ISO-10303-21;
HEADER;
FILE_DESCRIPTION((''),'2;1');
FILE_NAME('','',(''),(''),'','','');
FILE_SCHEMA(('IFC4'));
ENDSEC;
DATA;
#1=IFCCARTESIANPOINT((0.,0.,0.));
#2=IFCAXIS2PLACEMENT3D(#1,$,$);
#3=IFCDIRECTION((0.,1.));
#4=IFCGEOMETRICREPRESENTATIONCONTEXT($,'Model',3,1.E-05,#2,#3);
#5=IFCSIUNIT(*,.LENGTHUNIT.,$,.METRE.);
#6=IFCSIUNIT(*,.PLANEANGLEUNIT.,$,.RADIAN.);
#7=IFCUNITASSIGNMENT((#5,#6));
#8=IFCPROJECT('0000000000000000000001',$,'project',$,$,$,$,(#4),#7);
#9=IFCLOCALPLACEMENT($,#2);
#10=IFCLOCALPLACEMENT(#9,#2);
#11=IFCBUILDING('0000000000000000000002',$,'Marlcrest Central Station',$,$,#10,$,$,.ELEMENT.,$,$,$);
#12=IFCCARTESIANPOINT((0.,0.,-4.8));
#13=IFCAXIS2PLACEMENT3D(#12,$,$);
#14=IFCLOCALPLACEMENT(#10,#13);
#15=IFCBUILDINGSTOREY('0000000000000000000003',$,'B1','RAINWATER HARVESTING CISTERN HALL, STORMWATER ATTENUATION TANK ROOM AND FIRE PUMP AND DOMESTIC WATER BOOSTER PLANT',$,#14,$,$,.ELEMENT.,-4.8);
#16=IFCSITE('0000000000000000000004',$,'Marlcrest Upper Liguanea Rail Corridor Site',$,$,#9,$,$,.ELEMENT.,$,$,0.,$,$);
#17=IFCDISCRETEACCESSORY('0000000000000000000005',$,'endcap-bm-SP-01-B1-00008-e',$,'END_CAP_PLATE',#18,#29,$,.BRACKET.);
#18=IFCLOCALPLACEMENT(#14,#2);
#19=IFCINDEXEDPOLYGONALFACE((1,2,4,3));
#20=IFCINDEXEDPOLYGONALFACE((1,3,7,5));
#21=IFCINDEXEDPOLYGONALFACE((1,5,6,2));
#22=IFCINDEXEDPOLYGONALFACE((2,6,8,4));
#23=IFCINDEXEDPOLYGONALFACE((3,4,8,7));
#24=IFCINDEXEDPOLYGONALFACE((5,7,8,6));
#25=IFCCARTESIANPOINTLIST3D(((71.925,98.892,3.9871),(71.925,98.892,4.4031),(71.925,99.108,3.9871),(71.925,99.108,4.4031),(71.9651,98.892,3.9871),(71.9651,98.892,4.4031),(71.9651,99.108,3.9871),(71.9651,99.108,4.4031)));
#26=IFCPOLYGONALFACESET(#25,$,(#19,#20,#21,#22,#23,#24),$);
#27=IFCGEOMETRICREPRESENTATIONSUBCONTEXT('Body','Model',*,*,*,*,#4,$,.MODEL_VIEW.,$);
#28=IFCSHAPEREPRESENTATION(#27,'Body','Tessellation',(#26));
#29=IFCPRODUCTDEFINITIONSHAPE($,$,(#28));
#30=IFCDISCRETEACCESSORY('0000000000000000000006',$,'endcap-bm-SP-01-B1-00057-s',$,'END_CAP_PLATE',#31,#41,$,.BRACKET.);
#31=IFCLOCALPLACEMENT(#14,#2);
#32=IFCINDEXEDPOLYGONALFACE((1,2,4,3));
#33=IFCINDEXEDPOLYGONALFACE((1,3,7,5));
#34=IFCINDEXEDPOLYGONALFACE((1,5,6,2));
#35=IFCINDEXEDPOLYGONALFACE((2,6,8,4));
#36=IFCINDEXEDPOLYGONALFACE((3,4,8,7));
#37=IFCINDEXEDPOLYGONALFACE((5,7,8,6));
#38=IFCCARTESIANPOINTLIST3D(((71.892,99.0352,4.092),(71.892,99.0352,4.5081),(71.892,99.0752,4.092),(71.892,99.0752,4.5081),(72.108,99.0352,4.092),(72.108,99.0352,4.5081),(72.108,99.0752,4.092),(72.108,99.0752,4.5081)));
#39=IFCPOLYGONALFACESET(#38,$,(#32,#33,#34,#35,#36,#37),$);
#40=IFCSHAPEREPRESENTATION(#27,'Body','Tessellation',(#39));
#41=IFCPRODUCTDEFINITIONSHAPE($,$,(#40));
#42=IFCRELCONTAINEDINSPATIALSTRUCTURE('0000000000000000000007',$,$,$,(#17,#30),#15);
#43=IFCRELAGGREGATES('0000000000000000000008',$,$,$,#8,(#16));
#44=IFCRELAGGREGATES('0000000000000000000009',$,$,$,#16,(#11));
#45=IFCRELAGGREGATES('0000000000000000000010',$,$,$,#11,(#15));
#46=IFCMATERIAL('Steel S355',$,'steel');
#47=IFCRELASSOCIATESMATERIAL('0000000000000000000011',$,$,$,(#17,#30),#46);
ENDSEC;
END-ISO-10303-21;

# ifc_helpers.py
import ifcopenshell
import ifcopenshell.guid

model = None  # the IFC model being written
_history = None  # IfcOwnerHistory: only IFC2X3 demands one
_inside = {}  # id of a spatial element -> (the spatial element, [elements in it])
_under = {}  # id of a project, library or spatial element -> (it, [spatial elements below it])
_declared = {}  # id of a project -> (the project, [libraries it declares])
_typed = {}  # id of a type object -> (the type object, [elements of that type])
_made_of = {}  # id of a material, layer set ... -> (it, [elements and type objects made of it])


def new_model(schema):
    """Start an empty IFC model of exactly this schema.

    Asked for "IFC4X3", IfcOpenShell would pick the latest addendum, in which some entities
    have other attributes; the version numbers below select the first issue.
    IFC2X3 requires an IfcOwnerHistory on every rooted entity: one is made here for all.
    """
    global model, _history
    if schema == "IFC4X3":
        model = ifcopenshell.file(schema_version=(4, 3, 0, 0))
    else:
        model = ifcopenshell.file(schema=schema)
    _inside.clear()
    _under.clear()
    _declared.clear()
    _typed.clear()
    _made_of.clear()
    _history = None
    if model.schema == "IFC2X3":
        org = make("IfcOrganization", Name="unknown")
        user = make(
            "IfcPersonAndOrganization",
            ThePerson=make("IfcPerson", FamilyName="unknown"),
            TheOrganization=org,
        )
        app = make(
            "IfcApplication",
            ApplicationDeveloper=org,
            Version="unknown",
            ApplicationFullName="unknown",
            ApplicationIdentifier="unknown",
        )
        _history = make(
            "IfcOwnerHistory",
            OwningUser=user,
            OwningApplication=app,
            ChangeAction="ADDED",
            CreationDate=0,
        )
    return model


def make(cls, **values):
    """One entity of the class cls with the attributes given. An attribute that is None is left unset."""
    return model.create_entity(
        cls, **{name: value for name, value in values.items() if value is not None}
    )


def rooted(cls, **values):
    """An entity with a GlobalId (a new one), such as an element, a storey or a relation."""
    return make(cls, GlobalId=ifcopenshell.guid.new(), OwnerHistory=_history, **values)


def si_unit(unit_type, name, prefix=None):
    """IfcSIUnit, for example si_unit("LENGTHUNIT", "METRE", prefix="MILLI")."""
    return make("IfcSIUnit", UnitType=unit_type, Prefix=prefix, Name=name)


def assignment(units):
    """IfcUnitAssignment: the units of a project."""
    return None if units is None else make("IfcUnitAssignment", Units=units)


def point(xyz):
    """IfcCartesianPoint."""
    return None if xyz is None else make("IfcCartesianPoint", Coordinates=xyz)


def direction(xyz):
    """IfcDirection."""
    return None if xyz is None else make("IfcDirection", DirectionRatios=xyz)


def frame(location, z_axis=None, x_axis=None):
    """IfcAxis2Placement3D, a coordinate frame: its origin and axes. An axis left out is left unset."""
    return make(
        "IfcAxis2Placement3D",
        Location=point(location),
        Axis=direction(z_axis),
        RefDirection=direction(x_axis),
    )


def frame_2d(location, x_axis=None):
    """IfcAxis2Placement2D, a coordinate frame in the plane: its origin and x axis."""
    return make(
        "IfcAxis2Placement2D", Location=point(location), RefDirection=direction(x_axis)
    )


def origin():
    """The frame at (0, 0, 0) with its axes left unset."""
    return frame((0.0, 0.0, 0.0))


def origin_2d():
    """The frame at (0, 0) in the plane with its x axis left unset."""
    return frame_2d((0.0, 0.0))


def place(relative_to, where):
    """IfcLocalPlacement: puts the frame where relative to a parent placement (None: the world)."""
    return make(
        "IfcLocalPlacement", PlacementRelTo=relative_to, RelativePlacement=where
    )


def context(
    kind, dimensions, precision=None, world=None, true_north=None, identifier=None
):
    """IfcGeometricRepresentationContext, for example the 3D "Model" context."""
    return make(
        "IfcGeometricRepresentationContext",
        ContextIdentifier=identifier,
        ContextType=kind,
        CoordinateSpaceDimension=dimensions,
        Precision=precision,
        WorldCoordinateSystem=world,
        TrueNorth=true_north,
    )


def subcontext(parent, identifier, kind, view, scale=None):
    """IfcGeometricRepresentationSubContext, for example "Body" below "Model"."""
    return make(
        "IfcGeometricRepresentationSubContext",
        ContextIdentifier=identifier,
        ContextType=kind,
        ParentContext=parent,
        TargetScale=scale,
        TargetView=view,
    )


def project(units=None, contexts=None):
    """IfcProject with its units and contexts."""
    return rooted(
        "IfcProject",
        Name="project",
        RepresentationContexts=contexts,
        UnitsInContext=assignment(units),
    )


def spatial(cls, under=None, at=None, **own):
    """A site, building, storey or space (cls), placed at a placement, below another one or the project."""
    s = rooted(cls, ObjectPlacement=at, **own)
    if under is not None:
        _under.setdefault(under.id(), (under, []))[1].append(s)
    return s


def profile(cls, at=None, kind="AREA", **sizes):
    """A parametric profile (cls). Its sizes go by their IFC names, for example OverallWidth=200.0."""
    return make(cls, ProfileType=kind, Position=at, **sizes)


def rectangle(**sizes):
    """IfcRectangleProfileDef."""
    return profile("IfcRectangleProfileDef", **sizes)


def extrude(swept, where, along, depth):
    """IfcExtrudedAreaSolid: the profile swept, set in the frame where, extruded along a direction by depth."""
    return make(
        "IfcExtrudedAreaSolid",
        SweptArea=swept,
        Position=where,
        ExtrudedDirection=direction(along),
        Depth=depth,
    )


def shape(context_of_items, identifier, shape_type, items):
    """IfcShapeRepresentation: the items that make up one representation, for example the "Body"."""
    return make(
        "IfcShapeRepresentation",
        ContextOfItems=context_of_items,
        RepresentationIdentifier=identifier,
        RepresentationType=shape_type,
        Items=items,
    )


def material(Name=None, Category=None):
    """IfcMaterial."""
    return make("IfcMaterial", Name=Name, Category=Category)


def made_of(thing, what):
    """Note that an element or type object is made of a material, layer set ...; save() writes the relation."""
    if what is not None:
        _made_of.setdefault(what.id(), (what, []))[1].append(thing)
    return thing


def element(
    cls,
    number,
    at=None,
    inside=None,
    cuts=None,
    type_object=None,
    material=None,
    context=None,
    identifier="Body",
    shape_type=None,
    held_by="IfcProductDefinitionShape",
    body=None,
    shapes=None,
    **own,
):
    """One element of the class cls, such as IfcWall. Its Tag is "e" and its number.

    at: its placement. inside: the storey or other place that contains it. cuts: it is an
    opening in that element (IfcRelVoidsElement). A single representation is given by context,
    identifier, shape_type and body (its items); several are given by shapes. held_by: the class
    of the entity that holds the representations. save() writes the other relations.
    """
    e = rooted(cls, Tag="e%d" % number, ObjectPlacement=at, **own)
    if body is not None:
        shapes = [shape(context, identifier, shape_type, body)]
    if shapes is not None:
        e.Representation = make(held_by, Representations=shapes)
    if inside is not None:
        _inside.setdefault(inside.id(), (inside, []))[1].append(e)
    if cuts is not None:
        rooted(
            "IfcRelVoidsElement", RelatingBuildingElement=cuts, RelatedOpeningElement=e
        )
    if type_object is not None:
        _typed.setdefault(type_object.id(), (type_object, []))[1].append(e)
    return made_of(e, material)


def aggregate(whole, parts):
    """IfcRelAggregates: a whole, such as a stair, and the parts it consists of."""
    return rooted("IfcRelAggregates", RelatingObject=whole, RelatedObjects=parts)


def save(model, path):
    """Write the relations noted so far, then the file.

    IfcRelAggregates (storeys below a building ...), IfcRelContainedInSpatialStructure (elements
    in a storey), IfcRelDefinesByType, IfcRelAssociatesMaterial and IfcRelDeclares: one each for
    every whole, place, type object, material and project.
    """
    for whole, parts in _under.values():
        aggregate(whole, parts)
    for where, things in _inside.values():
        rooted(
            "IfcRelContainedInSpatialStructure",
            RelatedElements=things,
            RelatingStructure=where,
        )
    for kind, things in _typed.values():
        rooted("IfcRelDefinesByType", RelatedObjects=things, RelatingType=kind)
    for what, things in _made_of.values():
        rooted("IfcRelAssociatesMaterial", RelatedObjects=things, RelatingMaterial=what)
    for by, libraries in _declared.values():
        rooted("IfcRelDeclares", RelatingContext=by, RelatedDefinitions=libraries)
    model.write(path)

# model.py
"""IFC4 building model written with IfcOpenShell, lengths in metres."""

from ifc_helpers import new_model, si_unit, direction, frame, origin, origin_2d, place, context, subcontext, project, spatial, rectangle, extrude, material, element, save


model = new_model("IFC4")

# Units and contexts
model_context = context("Model", 3, precision=1e-05, world=origin(), true_north=direction((0.0, 1.0)))
body_context = subcontext(model_context, "Body", "Model", "MODEL_VIEW")
ifc_project = project(units=[si_unit("LENGTHUNIT", "METRE"), si_unit("PLANEANGLEUNIT", "RADIAN")], contexts=[model_context])

# Site, building, storey
site_placement = place(None, origin())
site = spatial("IfcSite", under=ifc_project, at=site_placement, Name="Marlcrest Upper Liguanea Rail Corridor Site", CompositionType="ELEMENT", RefElevation=0.0)
building_placement = place(site_placement, origin())
building = spatial("IfcBuilding", under=site, at=building_placement, Name="Marlcrest Central Station", CompositionType="ELEMENT")
storey_placement = place(building_placement, frame((0.0, 0.0, -4.8)))
storey = spatial("IfcBuildingStorey", under=building, at=storey_placement, Name="B1", Description="RAINWATER HARVESTING CISTERN HALL, STORMWATER ATTENUATION TANK ROOM AND FIRE PUMP AND DOMESTIC WATER BOOSTER PLANT", CompositionType="ELEMENT", Elevation=-4.8)

# Shared definitions
ifc_material_1 = material(Name="Steel S355", Category="steel")

# Discrete accessories
for number, where, z_axis, x_axis, name in (
    (1, (71.925, 99.0, 4.1951), (1.0, 0.0, 0.0), (0.0, 1.0, 0.0), "endcap-bm-SP-01-B1-00008-e"),
    (2, (72.0, 99.0352, 4.3), (0.0, 1.0, 0.0), (-1.0, 0.0, 0.0), "endcap-bm-SP-01-B1-00057-s"),
):
    element("IfcDiscreteAccessory", number, at=place(storey_placement, frame(where, z_axis=z_axis, x_axis=x_axis)), inside=storey, material=ifc_material_1, Name=name, ObjectType="END_CAP_PLATE", PredefinedType="BRACKET", context=body_context, shape_type="SweptSolid", body=[
        extrude(rectangle(XDim=0.2161, YDim=0.416, at=origin_2d()), origin(), (0.0, 0.0, 1.0), 0.04),
    ])

save(model, "model.ifc")
